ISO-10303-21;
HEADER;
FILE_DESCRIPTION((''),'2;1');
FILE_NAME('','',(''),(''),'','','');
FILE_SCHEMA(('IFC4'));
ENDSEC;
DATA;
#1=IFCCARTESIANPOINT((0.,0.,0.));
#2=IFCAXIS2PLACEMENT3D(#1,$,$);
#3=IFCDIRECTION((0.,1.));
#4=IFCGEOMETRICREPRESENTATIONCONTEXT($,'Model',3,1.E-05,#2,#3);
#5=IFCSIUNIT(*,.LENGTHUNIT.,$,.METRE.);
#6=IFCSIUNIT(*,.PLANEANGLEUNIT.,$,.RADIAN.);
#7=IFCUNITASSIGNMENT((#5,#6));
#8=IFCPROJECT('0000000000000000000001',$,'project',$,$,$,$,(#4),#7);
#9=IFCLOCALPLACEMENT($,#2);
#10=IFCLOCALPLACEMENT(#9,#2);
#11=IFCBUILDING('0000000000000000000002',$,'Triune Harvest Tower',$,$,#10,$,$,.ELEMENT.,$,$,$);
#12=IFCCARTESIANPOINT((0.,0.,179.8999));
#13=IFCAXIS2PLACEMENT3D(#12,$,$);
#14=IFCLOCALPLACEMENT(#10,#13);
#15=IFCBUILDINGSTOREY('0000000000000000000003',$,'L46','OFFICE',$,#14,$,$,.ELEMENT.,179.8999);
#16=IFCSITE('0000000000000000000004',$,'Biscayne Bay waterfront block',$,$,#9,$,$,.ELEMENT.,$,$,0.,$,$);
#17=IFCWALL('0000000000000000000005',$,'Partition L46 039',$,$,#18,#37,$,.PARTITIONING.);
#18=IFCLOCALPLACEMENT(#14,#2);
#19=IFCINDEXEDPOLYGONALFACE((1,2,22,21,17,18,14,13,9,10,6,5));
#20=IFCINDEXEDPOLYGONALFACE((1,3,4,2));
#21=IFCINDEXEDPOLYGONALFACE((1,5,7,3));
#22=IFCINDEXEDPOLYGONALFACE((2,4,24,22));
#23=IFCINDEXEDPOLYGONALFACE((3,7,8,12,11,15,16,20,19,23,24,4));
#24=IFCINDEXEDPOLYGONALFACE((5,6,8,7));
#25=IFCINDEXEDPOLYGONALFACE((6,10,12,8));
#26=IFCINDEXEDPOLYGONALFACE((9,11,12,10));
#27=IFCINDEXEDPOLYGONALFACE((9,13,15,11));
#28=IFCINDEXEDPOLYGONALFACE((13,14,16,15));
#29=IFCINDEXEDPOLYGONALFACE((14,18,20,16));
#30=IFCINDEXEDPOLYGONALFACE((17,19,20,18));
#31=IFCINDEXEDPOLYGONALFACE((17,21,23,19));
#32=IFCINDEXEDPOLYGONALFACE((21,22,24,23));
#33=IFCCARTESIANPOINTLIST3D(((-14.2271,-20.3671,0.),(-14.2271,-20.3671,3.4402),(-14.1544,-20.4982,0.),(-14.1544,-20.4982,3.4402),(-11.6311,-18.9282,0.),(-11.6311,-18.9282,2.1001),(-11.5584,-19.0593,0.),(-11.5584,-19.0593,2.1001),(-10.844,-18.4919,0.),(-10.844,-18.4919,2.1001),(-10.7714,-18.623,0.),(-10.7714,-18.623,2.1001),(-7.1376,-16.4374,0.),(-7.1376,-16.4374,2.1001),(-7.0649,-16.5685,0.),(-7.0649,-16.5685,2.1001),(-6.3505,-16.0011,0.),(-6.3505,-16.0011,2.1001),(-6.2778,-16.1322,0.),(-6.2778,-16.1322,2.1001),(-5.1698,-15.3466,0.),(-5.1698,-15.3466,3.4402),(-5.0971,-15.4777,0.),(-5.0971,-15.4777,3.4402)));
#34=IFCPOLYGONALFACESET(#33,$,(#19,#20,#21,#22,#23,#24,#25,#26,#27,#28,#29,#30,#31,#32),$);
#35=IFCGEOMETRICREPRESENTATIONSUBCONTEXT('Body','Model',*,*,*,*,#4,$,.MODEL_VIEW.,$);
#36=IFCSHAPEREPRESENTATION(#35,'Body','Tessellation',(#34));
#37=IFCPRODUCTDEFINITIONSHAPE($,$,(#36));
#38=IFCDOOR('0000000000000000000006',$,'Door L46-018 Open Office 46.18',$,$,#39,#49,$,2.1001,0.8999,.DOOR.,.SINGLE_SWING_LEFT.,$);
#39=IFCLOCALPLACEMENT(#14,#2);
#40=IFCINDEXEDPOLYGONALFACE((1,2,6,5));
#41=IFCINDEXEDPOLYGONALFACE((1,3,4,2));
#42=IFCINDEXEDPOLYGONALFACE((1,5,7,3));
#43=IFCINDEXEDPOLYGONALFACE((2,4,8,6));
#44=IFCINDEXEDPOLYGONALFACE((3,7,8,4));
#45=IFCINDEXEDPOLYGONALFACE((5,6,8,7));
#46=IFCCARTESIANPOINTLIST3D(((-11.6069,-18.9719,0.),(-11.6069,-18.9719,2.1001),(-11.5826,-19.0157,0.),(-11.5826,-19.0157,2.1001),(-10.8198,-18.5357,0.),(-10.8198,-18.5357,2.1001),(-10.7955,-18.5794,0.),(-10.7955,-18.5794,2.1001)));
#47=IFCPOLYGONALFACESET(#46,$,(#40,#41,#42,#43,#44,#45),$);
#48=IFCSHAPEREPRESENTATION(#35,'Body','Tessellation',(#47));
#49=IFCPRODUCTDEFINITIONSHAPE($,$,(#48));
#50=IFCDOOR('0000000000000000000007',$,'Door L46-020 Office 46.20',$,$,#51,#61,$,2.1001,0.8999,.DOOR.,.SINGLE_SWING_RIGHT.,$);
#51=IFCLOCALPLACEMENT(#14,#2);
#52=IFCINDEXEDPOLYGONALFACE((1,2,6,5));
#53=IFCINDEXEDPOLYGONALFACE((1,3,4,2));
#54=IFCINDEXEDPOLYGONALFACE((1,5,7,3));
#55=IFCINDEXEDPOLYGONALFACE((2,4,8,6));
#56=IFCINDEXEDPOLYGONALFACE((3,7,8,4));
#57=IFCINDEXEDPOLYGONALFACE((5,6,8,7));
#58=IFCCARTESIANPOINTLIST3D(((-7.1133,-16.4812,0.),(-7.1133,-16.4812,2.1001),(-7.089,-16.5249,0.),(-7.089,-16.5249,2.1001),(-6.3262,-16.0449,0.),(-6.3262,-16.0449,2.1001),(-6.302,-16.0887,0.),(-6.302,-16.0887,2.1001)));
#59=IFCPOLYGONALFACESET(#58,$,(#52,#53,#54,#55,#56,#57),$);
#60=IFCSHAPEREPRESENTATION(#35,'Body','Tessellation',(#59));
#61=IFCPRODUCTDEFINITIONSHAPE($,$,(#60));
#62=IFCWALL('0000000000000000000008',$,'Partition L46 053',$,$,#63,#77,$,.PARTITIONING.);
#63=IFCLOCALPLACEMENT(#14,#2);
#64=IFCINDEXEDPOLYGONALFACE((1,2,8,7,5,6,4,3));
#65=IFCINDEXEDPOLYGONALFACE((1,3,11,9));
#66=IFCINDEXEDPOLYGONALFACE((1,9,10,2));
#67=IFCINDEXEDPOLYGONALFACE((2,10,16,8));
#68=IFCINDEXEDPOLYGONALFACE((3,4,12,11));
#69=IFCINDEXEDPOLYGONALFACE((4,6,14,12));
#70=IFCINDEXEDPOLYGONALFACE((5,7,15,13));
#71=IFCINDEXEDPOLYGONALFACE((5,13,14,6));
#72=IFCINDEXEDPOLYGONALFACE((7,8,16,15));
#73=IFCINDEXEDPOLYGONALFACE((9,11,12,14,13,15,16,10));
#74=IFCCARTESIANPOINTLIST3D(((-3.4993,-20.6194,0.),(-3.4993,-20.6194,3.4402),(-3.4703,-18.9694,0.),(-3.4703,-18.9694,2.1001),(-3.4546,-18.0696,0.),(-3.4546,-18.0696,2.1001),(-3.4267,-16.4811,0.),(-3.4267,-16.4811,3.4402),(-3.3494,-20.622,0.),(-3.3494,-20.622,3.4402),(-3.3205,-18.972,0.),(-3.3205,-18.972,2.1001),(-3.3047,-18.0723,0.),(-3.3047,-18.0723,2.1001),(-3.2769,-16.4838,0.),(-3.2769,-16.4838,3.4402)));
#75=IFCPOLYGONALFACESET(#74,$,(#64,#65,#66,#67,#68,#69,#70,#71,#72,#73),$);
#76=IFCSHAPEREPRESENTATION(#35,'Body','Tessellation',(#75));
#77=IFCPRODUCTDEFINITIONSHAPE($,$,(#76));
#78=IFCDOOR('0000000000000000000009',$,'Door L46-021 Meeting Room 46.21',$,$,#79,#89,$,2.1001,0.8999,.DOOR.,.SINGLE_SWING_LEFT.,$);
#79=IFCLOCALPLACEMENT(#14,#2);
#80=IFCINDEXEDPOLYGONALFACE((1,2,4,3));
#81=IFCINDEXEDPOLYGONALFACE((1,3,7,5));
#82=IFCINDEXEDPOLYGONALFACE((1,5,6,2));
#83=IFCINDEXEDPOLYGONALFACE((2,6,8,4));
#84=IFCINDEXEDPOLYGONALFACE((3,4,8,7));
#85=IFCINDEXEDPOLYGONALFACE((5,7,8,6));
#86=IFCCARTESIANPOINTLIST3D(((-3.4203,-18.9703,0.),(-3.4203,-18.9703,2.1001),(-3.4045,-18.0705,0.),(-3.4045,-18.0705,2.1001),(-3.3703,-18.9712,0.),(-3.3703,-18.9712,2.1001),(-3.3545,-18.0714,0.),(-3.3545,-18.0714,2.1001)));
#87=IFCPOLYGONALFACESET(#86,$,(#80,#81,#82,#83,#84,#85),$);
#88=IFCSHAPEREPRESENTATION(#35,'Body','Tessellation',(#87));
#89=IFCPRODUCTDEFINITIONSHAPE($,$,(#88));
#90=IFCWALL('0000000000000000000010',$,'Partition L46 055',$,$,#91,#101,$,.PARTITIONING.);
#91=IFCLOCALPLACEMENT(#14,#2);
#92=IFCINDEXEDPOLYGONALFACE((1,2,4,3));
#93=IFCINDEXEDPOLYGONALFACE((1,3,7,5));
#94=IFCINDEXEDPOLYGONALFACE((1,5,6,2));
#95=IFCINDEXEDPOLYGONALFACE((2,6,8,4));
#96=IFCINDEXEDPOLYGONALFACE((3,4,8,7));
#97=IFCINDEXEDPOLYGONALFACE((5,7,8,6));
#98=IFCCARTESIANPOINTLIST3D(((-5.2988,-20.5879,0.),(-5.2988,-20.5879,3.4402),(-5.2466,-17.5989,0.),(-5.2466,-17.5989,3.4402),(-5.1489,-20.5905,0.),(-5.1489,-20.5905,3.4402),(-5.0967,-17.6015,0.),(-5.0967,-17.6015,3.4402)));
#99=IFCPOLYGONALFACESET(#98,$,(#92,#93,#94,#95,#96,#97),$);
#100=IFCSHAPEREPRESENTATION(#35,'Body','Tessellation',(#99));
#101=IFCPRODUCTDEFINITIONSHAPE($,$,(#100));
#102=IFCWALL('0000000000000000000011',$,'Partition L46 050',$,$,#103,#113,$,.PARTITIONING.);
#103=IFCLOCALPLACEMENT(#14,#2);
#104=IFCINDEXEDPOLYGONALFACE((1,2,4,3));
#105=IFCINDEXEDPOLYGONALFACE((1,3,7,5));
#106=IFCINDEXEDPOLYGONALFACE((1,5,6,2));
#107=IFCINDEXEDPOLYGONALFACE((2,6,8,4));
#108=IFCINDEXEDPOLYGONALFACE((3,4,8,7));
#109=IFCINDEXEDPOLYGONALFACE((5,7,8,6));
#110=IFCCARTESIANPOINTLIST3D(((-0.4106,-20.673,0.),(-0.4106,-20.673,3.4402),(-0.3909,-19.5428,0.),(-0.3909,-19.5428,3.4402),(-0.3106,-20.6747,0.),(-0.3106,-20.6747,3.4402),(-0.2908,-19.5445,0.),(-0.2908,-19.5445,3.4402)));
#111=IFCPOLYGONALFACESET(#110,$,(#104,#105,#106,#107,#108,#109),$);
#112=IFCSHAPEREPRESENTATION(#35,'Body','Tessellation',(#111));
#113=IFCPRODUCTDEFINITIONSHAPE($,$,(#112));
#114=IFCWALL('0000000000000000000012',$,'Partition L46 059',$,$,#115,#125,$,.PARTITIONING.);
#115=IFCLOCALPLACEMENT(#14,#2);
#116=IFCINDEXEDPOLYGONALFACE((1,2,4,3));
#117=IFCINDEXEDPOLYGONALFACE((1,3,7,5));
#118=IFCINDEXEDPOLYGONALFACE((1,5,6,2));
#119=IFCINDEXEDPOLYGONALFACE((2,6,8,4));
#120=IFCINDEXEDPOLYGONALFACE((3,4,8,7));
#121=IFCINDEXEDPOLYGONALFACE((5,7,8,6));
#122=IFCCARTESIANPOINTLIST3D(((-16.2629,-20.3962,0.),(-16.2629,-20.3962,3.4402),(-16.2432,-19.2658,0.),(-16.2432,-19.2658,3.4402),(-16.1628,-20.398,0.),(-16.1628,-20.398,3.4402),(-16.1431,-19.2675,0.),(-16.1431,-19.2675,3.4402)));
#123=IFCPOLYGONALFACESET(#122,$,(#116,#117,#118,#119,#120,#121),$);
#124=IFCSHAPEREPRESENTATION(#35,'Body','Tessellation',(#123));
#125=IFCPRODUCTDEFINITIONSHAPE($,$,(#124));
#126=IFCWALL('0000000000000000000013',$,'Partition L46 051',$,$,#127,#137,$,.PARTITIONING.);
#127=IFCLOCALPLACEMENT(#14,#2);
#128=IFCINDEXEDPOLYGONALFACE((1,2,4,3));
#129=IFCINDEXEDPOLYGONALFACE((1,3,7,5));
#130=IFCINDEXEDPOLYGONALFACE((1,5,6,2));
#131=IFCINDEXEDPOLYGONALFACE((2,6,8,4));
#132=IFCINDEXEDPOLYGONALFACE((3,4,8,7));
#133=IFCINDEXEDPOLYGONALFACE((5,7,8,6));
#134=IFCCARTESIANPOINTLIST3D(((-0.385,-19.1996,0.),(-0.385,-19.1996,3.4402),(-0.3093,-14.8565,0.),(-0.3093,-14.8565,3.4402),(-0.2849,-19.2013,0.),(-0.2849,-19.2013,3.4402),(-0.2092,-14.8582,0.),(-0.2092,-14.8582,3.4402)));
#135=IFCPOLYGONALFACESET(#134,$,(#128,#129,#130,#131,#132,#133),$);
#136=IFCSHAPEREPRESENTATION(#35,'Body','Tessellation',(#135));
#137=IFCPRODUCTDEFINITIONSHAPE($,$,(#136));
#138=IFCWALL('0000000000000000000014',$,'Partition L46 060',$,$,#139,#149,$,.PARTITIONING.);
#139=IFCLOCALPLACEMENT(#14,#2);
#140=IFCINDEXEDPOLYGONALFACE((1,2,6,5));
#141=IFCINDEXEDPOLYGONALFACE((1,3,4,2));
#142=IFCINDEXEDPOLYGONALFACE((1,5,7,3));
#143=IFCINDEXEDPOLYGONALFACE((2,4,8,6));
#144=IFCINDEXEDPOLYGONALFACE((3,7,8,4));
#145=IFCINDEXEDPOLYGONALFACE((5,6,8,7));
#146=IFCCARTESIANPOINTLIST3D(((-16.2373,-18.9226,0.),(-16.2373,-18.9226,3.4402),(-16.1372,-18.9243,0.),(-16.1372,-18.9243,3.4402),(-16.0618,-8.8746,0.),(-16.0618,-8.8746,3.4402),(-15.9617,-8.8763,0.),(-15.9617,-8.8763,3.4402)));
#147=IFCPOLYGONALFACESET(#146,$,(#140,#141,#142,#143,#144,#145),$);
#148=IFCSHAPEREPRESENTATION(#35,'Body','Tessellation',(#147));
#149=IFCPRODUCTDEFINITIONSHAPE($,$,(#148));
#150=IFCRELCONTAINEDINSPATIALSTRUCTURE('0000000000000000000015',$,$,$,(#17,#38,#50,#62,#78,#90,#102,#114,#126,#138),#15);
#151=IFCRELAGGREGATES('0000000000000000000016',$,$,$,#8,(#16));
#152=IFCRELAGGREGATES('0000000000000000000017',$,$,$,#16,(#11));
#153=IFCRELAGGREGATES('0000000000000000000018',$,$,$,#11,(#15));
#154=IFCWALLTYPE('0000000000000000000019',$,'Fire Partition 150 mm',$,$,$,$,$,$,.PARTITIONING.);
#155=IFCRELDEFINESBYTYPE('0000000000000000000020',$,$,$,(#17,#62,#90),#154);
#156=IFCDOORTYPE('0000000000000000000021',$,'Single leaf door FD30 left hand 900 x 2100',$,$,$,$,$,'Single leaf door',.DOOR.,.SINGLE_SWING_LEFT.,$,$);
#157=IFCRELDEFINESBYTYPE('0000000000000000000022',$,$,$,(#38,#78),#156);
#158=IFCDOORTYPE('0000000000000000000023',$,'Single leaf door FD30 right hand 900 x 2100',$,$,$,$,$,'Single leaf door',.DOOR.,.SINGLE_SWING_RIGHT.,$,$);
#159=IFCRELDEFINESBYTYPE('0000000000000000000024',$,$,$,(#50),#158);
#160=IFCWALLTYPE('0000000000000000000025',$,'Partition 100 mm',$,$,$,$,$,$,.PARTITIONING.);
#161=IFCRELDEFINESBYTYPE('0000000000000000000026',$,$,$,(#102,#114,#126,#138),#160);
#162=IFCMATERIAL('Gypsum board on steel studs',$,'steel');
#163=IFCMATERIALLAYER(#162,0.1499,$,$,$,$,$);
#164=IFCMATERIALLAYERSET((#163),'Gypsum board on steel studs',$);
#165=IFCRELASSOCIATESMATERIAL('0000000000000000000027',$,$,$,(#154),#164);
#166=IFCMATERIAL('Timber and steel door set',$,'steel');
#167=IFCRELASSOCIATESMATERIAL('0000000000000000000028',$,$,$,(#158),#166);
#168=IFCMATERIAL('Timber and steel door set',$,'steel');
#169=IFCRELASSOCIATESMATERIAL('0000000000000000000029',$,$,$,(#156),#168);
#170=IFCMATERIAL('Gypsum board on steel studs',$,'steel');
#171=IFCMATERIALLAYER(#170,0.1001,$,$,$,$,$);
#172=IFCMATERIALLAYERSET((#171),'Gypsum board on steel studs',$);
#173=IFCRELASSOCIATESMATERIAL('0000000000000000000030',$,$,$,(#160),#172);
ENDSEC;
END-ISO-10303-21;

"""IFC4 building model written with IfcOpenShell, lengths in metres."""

from ifc_helpers import new_model, si_unit, direction, frame, frame_2d, origin, place, context, subcontext, project, spatial, rectangle, extrude, source, transform, mapped, material, layer, layer_set, type_object, element, fill, save


model = new_model("IFC4")

# Units and contexts
model_context = context("Model", 3, precision=1e-05, world=origin(), true_north=direction((0.0, 1.0)))
body_context = subcontext(model_context, "Body", "Model", "MODEL_VIEW")
ifc_project = project(units=[si_unit("LENGTHUNIT", "METRE"), si_unit("PLANEANGLEUNIT", "RADIAN")], contexts=[model_context])

# Site, building, storey
site_placement = place(None, origin())
site = spatial("IfcSite", under=ifc_project, at=site_placement, Name="Biscayne Bay waterfront block", CompositionType="ELEMENT", RefElevation=0.0)
building_placement = place(site_placement, origin())
building = spatial("IfcBuilding", under=site, at=building_placement, Name="Triune Harvest Tower", CompositionType="ELEMENT")
storey_placement = place(building_placement, frame((0.0, 0.0, 179.8999)))
storey = spatial("IfcBuildingStorey", under=building, at=storey_placement, Name="L46", Description="OFFICE", CompositionType="ELEMENT", Elevation=179.8999)

# Shared definitions
ifc_material_1 = material(Name="Gypsum board on steel studs", Category="steel")
ifc_layer_1 = layer(ifc_material_1, 0.1499)
ifc_layer_set_1 = layer_set([ifc_layer_1], Name="Gypsum board on steel studs")
wall_type_1 = type_object("IfcWallType", Name="Fire Partition 150 mm", PredefinedType="PARTITIONING", material=ifc_layer_set_1)

# Shared definitions
ifc_material_2 = material(Name="Timber and steel door set", Category="steel")
door_type_1 = type_object("IfcDoorType", Name="Single leaf door FD30 right hand 900 x 2100", ElementType="Single leaf door", OperationType="SINGLE_SWING_RIGHT", PredefinedType="DOOR", material=ifc_material_2)

# Wall, openings, doors
wall_1_placement = place(storey_placement, frame((-14.1907, -20.4326, 0.0), z_axis=(0.0, 0.0, 1.0), x_axis=(0.874623, 0.484804, 0.0)))
wall_1 = element("IfcWall", 1, at=wall_1_placement, inside=storey, type_object=wall_type_1, Name="Partition L46 039", PredefinedType="PARTITIONING", context=body_context, shape_type="SweptSolid", body=[
    extrude(rectangle(XDim=10.3557, YDim=0.1499, at=frame_2d((5.1777, 0.0))), origin(), (0.0, 0.0, 1.0), 3.4402),
])
opening_1_placement = place(wall_1_placement, frame((2.968, 0.0, 0.0)))
opening_1 = element("IfcOpeningElement", 2, at=opening_1_placement, cuts=wall_1, PredefinedType="OPENING", context=body_context, shape_type="SweptSolid", body=[
    extrude(rectangle(XDim=0.8999, YDim=2.1001, at=frame_2d((0.45, 1.05))), frame((0.0, 0.085, 0.0), z_axis=(0.0, -1.0, 0.0), x_axis=(1.0, 0.0, 0.0)), (0.0, 0.0, 1.0), 0.1699),
])
opening_2_placement = place(wall_1_placement, frame((8.1057, 0.0, 0.0)))
opening_2 = element("IfcOpeningElement", 3, at=opening_2_placement, cuts=wall_1, PredefinedType="OPENING", context=body_context, shape_type="SweptSolid", body=[
    extrude(rectangle(XDim=0.8999, YDim=2.1001, at=frame_2d((0.45, 1.05))), frame((0.0, 0.085, 0.0), z_axis=(0.0, -1.0, 0.0), x_axis=(1.0, 0.0, 0.0)), (0.0, 0.0, 1.0), 0.1699),
])
ifc_material_3 = material(Name="Timber and steel door set", Category="steel")
door_type_2 = type_object("IfcDoorType", Name="Single leaf door FD30 left hand 900 x 2100", ElementType="Single leaf door", OperationType="SINGLE_SWING_LEFT", PredefinedType="DOOR", material=ifc_material_3)
door_1_placement = place(opening_1_placement, origin())
door_1 = element("IfcDoor", 4, at=door_1_placement, inside=storey, type_object=door_type_2, Name="Door L46-018 Open Office 46.18", OperationType="SINGLE_SWING_LEFT", OverallHeight=2.1001, OverallWidth=0.8999, PredefinedType="DOOR", context=body_context, shape_type="SweptSolid", body=[
    extrude(rectangle(XDim=0.8999, YDim=2.1001, at=frame_2d((0.45, 1.05))), frame((0.0, 0.0249, 0.0), z_axis=(0.0, -1.0, 0.0), x_axis=(1.0, 0.0, 0.0)), (0.0, 0.0, 1.0), 0.05),
])
fill(opening_1, door_1)
door_2_placement = place(opening_2_placement, origin())
door_2 = element("IfcDoor", 5, at=door_2_placement, inside=storey, type_object=door_type_1, Name="Door L46-020 Office 46.20", OperationType="SINGLE_SWING_RIGHT", OverallHeight=2.1001, OverallWidth=0.8999, PredefinedType="DOOR", context=body_context, shape_type="SweptSolid", body=[
    extrude(rectangle(XDim=0.8999, YDim=2.1001, at=frame_2d((0.45, 1.05))), frame((0.0, 0.0249, 0.0), z_axis=(0.0, -1.0, 0.0), x_axis=(1.0, 0.0, 0.0)), (0.0, 0.0, 1.0), 0.05),
])
fill(opening_2, door_2)

# Wall, opening, door
wall_2_placement = place(storey_placement, frame((-3.4243, -20.6206, 0.0), z_axis=(0.0, 0.0, 1.0), x_axis=(0.017519, 0.999847, 0.0)))
wall_2 = element("IfcWall", 6, at=wall_2_placement, inside=storey, type_object=wall_type_1, Name="Partition L46 053", PredefinedType="PARTITIONING", context=body_context, shape_type="SweptSolid", body=[
    extrude(rectangle(XDim=4.1389, YDim=0.1499, at=frame_2d((2.0693, 0.0))), origin(), (0.0, 0.0, 1.0), 3.4402),
])
opening_3_placement = place(wall_2_placement, frame((1.6501, 0.0, 0.0)))
opening_3 = element("IfcOpeningElement", 7, at=opening_3_placement, cuts=wall_2, PredefinedType="OPENING", context=body_context, shape_type="SweptSolid", body=[
    extrude(rectangle(XDim=0.8999, YDim=2.1001, at=frame_2d((0.45, 1.05))), frame((0.0, 0.085, 0.0), z_axis=(0.0, -1.0, 0.0), x_axis=(1.0, 0.0, 0.0)), (0.0, 0.0, 1.0), 0.1699),
])
door_3_placement = place(opening_3_placement, origin())
door_3 = element("IfcDoor", 8, at=door_3_placement, inside=storey, type_object=door_type_2, Name="Door L46-021 Meeting Room 46.21", OperationType="SINGLE_SWING_LEFT", OverallHeight=2.1001, OverallWidth=0.8999, PredefinedType="DOOR", context=body_context, shape_type="SweptSolid", body=[
    extrude(rectangle(XDim=0.8999, YDim=2.1001, at=frame_2d((0.45, 1.05))), frame((0.0, 0.0249, 0.0), z_axis=(0.0, -1.0, 0.0), x_axis=(1.0, 0.0, 0.0)), (0.0, 0.0, 1.0), 0.05),
])
fill(opening_3, door_3)

# Walls
wall_3_placement = place(storey_placement, frame((-5.2239, -20.5891, 0.0), z_axis=(0.0, 0.0, 1.0), x_axis=(0.017477, 0.999847, 0.0)))
element("IfcWall", 9, at=wall_3_placement, inside=storey, type_object=wall_type_1, Name="Partition L46 055", PredefinedType="PARTITIONING", context=body_context, shape_type="SweptSolid", body=[
    extrude(rectangle(XDim=2.9895, YDim=0.1499, at=frame_2d((1.4946, 0.0))), origin(), (0.0, 0.0, 1.0), 3.4402),
])
ifc_material_4 = material(Name="Gypsum board on steel studs", Category="steel")
ifc_layer_2 = layer(ifc_material_4, 0.1001)
ifc_layer_set_2 = layer_set([ifc_layer_2], Name="Gypsum board on steel studs")
wall_type_2 = type_object("IfcWallType", Name="Partition 100 mm", PredefinedType="PARTITIONING", material=ifc_layer_set_2)
shared_shape_1 = source(origin(), body_context, "Body", "SweptSolid", [
    extrude(rectangle(XDim=1.1304, YDim=0.1001, at=frame_2d((0.5652, 0.0))), origin(), (0.0, 0.0, 1.0), 3.4402),
])
wall_4_placement = place(storey_placement, frame((-0.3606, -20.6738, 0.0), z_axis=(0.0, 0.0, 1.0), x_axis=(0.017496, 0.999847, 0.0)))
element("IfcWall", 10, at=wall_4_placement, inside=storey, type_object=wall_type_2, Name="Partition L46 050", PredefinedType="PARTITIONING", context=body_context, shape_type="MappedRepresentation", body=[
    mapped(shared_shape_1, transform((0.0, 0.0, 0.0), scale=1.0)),
])
shared_shape_2 = source(origin(), body_context, "Body", "SweptSolid", [
    extrude(rectangle(XDim=1.1306, YDim=0.1001, at=frame_2d((0.5654, 0.0))), origin(), (0.0, 0.0, 1.0), 3.4402),
])
wall_5_placement = place(storey_placement, frame((-16.2129, -20.3972, 0.0), z_axis=(0.0, 0.0, 1.0), x_axis=(0.017492, 0.999847, 0.0)))
element("IfcWall", 11, at=wall_5_placement, inside=storey, type_object=wall_type_2, Name="Partition L46 059", PredefinedType="PARTITIONING", context=body_context, shape_type="MappedRepresentation", body=[
    mapped(shared_shape_2, transform((0.0, 0.0, 0.0), scale=1.0)),
])
shared_shape_3 = source(origin(), body_context, "Body", "SweptSolid", [
    extrude(rectangle(XDim=4.3438, YDim=0.1001, at=frame_2d((2.1719, 0.0))), origin(), (0.0, 0.0, 1.0), 3.4402),
])
wall_6_placement = place(storey_placement, frame((-0.335, -19.2004, 0.0), z_axis=(0.0, 0.0, 1.0), x_axis=(0.017424, 0.999848, 0.0)))
element("IfcWall", 12, at=wall_6_placement, inside=storey, type_object=wall_type_2, Name="Partition L46 051", PredefinedType="PARTITIONING", context=body_context, shape_type="MappedRepresentation", body=[
    mapped(shared_shape_3, transform((0.0, 0.0, 0.0), scale=1.0)),
])
shared_shape_4 = source(origin(), body_context, "Body", "SweptSolid", [
    extrude(rectangle(XDim=10.0496, YDim=0.1001, at=frame_2d((5.0249, 0.0))), origin(), (0.0, 0.0, 1.0), 3.4402),
])
wall_7_placement = place(storey_placement, frame((-16.1873, -18.9236, 0.0), z_axis=(0.0, 0.0, 1.0), x_axis=(0.017467, 0.999847, 0.0)))
element("IfcWall", 13, at=wall_7_placement, inside=storey, type_object=wall_type_2, Name="Partition L46 060", PredefinedType="PARTITIONING", context=body_context, shape_type="MappedRepresentation", body=[
    mapped(shared_shape_4, transform((0.0, 0.0, 0.0), scale=1.0)),
])

save(model, "model.ifc")
